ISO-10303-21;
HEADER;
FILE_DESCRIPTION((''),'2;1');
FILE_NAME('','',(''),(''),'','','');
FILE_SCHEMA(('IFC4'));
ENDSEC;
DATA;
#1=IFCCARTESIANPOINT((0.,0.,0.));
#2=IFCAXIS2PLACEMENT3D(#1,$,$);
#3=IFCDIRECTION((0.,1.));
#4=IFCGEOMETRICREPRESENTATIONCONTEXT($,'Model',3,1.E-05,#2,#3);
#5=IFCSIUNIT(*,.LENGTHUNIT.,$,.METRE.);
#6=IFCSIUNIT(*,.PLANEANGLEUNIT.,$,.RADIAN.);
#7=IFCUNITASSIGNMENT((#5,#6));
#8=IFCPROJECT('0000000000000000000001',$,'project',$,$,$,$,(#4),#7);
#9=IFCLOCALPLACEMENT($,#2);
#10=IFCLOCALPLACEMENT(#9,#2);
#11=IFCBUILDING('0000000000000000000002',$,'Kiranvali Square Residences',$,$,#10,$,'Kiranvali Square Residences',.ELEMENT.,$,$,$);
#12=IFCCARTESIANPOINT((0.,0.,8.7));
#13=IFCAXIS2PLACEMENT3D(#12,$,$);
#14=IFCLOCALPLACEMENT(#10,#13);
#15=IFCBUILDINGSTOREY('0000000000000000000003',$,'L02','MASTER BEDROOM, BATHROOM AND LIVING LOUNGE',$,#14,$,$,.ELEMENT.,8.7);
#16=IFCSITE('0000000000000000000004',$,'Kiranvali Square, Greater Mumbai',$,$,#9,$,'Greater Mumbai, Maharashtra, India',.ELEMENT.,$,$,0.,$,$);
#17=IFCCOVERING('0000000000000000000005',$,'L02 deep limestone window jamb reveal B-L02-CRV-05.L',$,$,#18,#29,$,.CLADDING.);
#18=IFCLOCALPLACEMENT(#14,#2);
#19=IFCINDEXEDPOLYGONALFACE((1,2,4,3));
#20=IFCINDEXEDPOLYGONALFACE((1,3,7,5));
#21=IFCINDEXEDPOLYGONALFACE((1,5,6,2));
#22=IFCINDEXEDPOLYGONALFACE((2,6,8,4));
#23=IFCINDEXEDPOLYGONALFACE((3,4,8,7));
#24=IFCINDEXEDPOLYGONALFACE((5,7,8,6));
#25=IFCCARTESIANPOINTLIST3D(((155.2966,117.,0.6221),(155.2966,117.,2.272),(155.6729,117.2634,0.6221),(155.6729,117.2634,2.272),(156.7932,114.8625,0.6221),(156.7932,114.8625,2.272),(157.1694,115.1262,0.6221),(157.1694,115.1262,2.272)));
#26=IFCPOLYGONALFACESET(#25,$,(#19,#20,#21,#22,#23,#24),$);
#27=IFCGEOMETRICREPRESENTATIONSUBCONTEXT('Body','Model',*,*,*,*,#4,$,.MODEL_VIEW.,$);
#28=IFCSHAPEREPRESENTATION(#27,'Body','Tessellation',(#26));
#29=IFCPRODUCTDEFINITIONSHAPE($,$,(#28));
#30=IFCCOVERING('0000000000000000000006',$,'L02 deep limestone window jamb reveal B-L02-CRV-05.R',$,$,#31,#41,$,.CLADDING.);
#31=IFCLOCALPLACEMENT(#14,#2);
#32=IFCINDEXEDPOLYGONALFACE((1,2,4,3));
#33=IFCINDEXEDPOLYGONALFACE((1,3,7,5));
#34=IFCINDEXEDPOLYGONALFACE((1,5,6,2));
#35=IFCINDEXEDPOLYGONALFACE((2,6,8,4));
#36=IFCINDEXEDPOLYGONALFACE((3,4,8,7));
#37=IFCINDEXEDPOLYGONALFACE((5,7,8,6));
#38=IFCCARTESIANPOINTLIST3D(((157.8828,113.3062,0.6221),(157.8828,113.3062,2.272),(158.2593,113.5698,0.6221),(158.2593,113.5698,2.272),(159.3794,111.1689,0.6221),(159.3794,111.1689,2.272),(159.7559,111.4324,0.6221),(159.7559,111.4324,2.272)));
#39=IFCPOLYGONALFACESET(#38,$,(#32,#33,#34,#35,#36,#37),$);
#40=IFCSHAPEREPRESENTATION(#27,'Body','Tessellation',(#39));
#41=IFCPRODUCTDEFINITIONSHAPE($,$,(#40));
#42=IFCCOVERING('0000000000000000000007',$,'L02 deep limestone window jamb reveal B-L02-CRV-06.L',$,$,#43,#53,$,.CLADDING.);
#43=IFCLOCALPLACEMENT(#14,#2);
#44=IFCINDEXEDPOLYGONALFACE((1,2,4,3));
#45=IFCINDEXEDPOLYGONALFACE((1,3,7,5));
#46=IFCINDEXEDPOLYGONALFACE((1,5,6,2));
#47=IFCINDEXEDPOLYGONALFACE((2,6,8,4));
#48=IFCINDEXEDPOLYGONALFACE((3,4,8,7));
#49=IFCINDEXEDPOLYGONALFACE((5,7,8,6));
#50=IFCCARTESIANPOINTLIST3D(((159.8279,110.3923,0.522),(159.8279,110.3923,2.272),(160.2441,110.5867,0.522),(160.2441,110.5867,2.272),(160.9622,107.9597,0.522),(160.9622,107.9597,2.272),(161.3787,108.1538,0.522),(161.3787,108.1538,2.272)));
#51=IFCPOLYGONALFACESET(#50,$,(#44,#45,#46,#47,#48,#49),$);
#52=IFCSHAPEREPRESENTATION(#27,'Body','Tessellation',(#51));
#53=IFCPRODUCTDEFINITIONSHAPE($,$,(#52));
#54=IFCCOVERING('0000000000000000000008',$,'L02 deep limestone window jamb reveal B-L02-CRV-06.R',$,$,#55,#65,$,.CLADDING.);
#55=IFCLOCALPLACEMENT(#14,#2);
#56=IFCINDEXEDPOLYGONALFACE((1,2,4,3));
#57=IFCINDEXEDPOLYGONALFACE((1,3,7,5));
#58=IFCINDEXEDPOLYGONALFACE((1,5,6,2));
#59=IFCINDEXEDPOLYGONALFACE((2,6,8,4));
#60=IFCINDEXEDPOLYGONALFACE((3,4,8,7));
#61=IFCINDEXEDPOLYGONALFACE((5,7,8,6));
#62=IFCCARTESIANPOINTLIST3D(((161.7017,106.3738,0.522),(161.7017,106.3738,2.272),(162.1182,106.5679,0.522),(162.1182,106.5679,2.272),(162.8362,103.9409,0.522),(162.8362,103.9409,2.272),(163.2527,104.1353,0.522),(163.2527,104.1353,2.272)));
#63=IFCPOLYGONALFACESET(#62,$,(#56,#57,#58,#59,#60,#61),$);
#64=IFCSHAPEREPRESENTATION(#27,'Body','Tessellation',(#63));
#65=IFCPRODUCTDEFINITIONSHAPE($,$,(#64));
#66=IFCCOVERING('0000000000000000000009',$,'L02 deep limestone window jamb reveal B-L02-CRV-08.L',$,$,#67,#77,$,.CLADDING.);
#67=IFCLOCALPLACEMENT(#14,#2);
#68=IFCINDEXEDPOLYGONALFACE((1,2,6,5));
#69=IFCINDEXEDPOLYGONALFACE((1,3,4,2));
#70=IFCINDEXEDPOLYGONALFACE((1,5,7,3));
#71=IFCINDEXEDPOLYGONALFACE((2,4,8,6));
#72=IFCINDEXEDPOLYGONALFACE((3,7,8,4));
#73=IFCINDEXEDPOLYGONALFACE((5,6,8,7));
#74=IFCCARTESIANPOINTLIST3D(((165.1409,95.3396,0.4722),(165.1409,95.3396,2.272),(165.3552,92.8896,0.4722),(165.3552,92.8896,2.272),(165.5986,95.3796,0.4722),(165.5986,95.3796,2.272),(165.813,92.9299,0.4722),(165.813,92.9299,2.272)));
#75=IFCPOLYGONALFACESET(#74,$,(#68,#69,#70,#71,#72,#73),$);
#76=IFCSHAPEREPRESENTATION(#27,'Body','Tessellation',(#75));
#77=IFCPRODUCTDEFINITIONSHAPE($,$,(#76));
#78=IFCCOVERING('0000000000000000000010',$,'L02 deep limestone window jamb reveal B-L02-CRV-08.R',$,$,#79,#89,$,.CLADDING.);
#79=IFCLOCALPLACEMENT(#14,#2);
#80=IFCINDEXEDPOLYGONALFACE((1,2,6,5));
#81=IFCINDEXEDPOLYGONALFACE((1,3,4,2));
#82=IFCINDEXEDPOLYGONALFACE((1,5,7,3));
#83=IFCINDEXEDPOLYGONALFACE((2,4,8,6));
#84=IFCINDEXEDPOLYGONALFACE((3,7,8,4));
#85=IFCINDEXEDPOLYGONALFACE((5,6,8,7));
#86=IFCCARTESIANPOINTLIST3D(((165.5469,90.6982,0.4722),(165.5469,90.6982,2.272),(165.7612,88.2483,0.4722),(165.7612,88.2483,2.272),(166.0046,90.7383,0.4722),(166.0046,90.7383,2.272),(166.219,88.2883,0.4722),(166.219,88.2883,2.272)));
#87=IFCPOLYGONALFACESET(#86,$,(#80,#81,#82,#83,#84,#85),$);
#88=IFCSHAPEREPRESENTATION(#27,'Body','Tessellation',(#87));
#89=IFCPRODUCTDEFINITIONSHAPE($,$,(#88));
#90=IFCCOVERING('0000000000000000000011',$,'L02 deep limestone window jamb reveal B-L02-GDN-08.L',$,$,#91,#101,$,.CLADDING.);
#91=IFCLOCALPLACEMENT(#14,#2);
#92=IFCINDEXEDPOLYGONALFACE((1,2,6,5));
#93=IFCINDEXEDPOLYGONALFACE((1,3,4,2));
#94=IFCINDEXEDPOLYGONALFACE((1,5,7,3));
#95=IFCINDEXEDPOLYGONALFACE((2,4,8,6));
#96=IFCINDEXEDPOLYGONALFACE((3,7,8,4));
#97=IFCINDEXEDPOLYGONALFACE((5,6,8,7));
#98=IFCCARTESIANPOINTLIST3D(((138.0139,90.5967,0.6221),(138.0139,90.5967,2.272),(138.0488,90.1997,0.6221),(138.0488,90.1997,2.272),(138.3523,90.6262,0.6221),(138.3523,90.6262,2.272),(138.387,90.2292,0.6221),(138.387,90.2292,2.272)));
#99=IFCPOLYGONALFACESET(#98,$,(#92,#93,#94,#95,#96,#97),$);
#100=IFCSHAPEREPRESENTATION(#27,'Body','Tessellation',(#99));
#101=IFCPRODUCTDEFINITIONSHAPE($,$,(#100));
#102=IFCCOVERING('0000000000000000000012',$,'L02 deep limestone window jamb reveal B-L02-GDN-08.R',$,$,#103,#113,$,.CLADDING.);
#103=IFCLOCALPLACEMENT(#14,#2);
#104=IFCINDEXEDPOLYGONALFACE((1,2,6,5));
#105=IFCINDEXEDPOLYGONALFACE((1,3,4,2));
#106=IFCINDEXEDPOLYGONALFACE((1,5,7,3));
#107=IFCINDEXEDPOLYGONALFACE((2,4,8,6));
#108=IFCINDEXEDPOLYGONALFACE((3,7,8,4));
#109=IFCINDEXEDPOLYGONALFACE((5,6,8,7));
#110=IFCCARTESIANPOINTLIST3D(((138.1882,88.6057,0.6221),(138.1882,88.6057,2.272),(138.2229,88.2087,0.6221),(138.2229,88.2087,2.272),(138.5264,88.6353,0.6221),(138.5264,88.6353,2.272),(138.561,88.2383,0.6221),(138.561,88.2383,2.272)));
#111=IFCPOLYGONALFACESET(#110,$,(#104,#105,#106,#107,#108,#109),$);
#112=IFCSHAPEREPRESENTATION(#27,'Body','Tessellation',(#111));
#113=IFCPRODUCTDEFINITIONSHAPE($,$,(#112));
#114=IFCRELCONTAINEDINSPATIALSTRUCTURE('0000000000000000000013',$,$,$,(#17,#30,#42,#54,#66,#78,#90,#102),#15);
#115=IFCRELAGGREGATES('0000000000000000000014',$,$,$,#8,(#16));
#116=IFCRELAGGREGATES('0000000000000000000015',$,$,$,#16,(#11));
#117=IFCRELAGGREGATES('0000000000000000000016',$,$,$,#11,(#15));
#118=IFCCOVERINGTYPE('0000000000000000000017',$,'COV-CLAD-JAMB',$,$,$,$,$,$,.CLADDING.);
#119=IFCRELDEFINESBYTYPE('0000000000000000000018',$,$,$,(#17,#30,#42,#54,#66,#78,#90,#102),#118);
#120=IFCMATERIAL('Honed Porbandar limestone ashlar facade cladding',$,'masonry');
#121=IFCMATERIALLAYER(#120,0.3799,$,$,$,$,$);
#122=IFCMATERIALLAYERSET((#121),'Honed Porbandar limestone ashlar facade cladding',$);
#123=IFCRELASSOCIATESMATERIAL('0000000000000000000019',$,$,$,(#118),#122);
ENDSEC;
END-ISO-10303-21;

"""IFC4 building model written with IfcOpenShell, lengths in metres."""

from ifc_helpers import new_model, si_unit, direction, frame, origin, place, context, subcontext, project, spatial, polyline, outline, extrude, material, layer, layer_set, type_object, element, save


model = new_model("IFC4")

# Units and contexts
model_context = context("Model", 3, precision=1e-05, world=origin(), true_north=direction((0.0, 1.0)))
body_context = subcontext(model_context, "Body", "Model", "MODEL_VIEW")
ifc_project = project(units=[si_unit("LENGTHUNIT", "METRE"), si_unit("PLANEANGLEUNIT", "RADIAN")], contexts=[model_context])

# Site, building, storey
site_placement = place(None, origin())
site = spatial("IfcSite", under=ifc_project, at=site_placement, Name="Kiranvali Square, Greater Mumbai", LongName="Greater Mumbai, Maharashtra, India", CompositionType="ELEMENT", RefElevation=0.0)
building_placement = place(site_placement, origin())
building = spatial("IfcBuilding", under=site, at=building_placement, Name="Kiranvali Square Residences", LongName="Kiranvali Square Residences", CompositionType="ELEMENT")
storey_placement = place(building_placement, frame((0.0, 0.0, 8.7)))
storey = spatial("IfcBuildingStorey", under=building, at=storey_placement, Name="L02", Description="MASTER BEDROOM, BATHROOM AND LIVING LOUNGE", CompositionType="ELEMENT", Elevation=8.7)

# Coverings
ifc_material = material(Name="Honed Porbandar limestone ashlar facade cladding", Category="masonry")
ifc_layer = layer(ifc_material, 0.3799)
ifc_layer_set = layer_set([ifc_layer], Name="Honed Porbandar limestone ashlar facade cladding")
covering_type = type_object("IfcCoveringType", Name="COV-CLAD-JAMB", PredefinedType="CLADDING", material=ifc_layer_set)
covering_1_placement = place(storey_placement, frame((0.0, 0.0, 0.6221)))
element("IfcCovering", 1, at=covering_1_placement, inside=storey, type_object=covering_type, Name="L02 deep limestone window jamb reveal B-L02-CRV-05.L", PredefinedType="CLADDING", context=body_context, shape_type="SweptSolid", body=[
    extrude(outline(polyline([(155.2966, 117.0), (156.7932, 114.8625), (157.1694, 115.1262), (155.6729, 117.2634), (155.2966, 117.0)])), origin(), (0.0, 0.0, 1.0), 1.6499),
])
covering_2_placement = place(storey_placement, frame((0.0, 0.0, 0.6221)))
element("IfcCovering", 2, at=covering_2_placement, inside=storey, type_object=covering_type, Name="L02 deep limestone window jamb reveal B-L02-CRV-05.R", PredefinedType="CLADDING", context=body_context, shape_type="SweptSolid", body=[
    extrude(outline(polyline([(157.8828, 113.3062), (159.3794, 111.1689), (159.7559, 111.4324), (158.2593, 113.5698), (157.8828, 113.3062)])), origin(), (0.0, 0.0, 1.0), 1.6499),
])
covering_3_placement = place(storey_placement, frame((0.0, 0.0, 0.522)))
element("IfcCovering", 3, at=covering_3_placement, inside=storey, type_object=covering_type, Name="L02 deep limestone window jamb reveal B-L02-CRV-06.L", PredefinedType="CLADDING", context=body_context, shape_type="SweptSolid", body=[
    extrude(outline(polyline([(159.8279, 110.3923), (160.9622, 107.9597), (161.3787, 108.1538), (160.2441, 110.5867), (159.8279, 110.3923)])), origin(), (0.0, 0.0, 1.0), 1.75),
])
covering_4_placement = place(storey_placement, frame((0.0, 0.0, 0.522)))
element("IfcCovering", 4, at=covering_4_placement, inside=storey, type_object=covering_type, Name="L02 deep limestone window jamb reveal B-L02-CRV-06.R", PredefinedType="CLADDING", context=body_context, shape_type="SweptSolid", body=[
    extrude(outline(polyline([(161.7017, 106.3738), (162.8362, 103.9409), (163.2527, 104.1353), (162.1182, 106.5679), (161.7017, 106.3738)])), origin(), (0.0, 0.0, 1.0), 1.75),
])
covering_5_placement = place(storey_placement, frame((0.0, 0.0, 0.4722)))
element("IfcCovering", 5, at=covering_5_placement, inside=storey, type_object=covering_type, Name="L02 deep limestone window jamb reveal B-L02-CRV-08.L", PredefinedType="CLADDING", context=body_context, shape_type="SweptSolid", body=[
    extrude(outline(polyline([(165.1409, 95.3396), (165.3552, 92.8896), (165.813, 92.9299), (165.5986, 95.3796), (165.1409, 95.3396)])), origin(), (0.0, 0.0, 1.0), 1.7998),
])
covering_6_placement = place(storey_placement, frame((0.0, 0.0, 0.4722)))
element("IfcCovering", 6, at=covering_6_placement, inside=storey, type_object=covering_type, Name="L02 deep limestone window jamb reveal B-L02-CRV-08.R", PredefinedType="CLADDING", context=body_context, shape_type="SweptSolid", body=[
    extrude(outline(polyline([(165.5469, 90.6982), (165.7612, 88.2483), (166.219, 88.2883), (166.0046, 90.7383), (165.5469, 90.6982)])), origin(), (0.0, 0.0, 1.0), 1.7998),
])
covering_7_placement = place(storey_placement, frame((0.0, 0.0, 0.6221)))
element("IfcCovering", 7, at=covering_7_placement, inside=storey, type_object=covering_type, Name="L02 deep limestone window jamb reveal B-L02-GDN-08.L", PredefinedType="CLADDING", context=body_context, shape_type="SweptSolid", body=[
    extrude(outline(polyline([(138.0139, 90.5967), (138.0488, 90.1997), (138.387, 90.2292), (138.3523, 90.6262), (138.0139, 90.5967)])), origin(), (0.0, 0.0, 1.0), 1.6499),
])
covering_8_placement = place(storey_placement, frame((0.0, 0.0, 0.6221)))
element("IfcCovering", 8, at=covering_8_placement, inside=storey, type_object=covering_type, Name="L02 deep limestone window jamb reveal B-L02-GDN-08.R", PredefinedType="CLADDING", context=body_context, shape_type="SweptSolid", body=[
    extrude(outline(polyline([(138.1882, 88.6057), (138.2229, 88.2087), (138.561, 88.2383), (138.5264, 88.6353), (138.1882, 88.6057)])), origin(), (0.0, 0.0, 1.0), 1.6499),
])

save(model, "model.ifc")
